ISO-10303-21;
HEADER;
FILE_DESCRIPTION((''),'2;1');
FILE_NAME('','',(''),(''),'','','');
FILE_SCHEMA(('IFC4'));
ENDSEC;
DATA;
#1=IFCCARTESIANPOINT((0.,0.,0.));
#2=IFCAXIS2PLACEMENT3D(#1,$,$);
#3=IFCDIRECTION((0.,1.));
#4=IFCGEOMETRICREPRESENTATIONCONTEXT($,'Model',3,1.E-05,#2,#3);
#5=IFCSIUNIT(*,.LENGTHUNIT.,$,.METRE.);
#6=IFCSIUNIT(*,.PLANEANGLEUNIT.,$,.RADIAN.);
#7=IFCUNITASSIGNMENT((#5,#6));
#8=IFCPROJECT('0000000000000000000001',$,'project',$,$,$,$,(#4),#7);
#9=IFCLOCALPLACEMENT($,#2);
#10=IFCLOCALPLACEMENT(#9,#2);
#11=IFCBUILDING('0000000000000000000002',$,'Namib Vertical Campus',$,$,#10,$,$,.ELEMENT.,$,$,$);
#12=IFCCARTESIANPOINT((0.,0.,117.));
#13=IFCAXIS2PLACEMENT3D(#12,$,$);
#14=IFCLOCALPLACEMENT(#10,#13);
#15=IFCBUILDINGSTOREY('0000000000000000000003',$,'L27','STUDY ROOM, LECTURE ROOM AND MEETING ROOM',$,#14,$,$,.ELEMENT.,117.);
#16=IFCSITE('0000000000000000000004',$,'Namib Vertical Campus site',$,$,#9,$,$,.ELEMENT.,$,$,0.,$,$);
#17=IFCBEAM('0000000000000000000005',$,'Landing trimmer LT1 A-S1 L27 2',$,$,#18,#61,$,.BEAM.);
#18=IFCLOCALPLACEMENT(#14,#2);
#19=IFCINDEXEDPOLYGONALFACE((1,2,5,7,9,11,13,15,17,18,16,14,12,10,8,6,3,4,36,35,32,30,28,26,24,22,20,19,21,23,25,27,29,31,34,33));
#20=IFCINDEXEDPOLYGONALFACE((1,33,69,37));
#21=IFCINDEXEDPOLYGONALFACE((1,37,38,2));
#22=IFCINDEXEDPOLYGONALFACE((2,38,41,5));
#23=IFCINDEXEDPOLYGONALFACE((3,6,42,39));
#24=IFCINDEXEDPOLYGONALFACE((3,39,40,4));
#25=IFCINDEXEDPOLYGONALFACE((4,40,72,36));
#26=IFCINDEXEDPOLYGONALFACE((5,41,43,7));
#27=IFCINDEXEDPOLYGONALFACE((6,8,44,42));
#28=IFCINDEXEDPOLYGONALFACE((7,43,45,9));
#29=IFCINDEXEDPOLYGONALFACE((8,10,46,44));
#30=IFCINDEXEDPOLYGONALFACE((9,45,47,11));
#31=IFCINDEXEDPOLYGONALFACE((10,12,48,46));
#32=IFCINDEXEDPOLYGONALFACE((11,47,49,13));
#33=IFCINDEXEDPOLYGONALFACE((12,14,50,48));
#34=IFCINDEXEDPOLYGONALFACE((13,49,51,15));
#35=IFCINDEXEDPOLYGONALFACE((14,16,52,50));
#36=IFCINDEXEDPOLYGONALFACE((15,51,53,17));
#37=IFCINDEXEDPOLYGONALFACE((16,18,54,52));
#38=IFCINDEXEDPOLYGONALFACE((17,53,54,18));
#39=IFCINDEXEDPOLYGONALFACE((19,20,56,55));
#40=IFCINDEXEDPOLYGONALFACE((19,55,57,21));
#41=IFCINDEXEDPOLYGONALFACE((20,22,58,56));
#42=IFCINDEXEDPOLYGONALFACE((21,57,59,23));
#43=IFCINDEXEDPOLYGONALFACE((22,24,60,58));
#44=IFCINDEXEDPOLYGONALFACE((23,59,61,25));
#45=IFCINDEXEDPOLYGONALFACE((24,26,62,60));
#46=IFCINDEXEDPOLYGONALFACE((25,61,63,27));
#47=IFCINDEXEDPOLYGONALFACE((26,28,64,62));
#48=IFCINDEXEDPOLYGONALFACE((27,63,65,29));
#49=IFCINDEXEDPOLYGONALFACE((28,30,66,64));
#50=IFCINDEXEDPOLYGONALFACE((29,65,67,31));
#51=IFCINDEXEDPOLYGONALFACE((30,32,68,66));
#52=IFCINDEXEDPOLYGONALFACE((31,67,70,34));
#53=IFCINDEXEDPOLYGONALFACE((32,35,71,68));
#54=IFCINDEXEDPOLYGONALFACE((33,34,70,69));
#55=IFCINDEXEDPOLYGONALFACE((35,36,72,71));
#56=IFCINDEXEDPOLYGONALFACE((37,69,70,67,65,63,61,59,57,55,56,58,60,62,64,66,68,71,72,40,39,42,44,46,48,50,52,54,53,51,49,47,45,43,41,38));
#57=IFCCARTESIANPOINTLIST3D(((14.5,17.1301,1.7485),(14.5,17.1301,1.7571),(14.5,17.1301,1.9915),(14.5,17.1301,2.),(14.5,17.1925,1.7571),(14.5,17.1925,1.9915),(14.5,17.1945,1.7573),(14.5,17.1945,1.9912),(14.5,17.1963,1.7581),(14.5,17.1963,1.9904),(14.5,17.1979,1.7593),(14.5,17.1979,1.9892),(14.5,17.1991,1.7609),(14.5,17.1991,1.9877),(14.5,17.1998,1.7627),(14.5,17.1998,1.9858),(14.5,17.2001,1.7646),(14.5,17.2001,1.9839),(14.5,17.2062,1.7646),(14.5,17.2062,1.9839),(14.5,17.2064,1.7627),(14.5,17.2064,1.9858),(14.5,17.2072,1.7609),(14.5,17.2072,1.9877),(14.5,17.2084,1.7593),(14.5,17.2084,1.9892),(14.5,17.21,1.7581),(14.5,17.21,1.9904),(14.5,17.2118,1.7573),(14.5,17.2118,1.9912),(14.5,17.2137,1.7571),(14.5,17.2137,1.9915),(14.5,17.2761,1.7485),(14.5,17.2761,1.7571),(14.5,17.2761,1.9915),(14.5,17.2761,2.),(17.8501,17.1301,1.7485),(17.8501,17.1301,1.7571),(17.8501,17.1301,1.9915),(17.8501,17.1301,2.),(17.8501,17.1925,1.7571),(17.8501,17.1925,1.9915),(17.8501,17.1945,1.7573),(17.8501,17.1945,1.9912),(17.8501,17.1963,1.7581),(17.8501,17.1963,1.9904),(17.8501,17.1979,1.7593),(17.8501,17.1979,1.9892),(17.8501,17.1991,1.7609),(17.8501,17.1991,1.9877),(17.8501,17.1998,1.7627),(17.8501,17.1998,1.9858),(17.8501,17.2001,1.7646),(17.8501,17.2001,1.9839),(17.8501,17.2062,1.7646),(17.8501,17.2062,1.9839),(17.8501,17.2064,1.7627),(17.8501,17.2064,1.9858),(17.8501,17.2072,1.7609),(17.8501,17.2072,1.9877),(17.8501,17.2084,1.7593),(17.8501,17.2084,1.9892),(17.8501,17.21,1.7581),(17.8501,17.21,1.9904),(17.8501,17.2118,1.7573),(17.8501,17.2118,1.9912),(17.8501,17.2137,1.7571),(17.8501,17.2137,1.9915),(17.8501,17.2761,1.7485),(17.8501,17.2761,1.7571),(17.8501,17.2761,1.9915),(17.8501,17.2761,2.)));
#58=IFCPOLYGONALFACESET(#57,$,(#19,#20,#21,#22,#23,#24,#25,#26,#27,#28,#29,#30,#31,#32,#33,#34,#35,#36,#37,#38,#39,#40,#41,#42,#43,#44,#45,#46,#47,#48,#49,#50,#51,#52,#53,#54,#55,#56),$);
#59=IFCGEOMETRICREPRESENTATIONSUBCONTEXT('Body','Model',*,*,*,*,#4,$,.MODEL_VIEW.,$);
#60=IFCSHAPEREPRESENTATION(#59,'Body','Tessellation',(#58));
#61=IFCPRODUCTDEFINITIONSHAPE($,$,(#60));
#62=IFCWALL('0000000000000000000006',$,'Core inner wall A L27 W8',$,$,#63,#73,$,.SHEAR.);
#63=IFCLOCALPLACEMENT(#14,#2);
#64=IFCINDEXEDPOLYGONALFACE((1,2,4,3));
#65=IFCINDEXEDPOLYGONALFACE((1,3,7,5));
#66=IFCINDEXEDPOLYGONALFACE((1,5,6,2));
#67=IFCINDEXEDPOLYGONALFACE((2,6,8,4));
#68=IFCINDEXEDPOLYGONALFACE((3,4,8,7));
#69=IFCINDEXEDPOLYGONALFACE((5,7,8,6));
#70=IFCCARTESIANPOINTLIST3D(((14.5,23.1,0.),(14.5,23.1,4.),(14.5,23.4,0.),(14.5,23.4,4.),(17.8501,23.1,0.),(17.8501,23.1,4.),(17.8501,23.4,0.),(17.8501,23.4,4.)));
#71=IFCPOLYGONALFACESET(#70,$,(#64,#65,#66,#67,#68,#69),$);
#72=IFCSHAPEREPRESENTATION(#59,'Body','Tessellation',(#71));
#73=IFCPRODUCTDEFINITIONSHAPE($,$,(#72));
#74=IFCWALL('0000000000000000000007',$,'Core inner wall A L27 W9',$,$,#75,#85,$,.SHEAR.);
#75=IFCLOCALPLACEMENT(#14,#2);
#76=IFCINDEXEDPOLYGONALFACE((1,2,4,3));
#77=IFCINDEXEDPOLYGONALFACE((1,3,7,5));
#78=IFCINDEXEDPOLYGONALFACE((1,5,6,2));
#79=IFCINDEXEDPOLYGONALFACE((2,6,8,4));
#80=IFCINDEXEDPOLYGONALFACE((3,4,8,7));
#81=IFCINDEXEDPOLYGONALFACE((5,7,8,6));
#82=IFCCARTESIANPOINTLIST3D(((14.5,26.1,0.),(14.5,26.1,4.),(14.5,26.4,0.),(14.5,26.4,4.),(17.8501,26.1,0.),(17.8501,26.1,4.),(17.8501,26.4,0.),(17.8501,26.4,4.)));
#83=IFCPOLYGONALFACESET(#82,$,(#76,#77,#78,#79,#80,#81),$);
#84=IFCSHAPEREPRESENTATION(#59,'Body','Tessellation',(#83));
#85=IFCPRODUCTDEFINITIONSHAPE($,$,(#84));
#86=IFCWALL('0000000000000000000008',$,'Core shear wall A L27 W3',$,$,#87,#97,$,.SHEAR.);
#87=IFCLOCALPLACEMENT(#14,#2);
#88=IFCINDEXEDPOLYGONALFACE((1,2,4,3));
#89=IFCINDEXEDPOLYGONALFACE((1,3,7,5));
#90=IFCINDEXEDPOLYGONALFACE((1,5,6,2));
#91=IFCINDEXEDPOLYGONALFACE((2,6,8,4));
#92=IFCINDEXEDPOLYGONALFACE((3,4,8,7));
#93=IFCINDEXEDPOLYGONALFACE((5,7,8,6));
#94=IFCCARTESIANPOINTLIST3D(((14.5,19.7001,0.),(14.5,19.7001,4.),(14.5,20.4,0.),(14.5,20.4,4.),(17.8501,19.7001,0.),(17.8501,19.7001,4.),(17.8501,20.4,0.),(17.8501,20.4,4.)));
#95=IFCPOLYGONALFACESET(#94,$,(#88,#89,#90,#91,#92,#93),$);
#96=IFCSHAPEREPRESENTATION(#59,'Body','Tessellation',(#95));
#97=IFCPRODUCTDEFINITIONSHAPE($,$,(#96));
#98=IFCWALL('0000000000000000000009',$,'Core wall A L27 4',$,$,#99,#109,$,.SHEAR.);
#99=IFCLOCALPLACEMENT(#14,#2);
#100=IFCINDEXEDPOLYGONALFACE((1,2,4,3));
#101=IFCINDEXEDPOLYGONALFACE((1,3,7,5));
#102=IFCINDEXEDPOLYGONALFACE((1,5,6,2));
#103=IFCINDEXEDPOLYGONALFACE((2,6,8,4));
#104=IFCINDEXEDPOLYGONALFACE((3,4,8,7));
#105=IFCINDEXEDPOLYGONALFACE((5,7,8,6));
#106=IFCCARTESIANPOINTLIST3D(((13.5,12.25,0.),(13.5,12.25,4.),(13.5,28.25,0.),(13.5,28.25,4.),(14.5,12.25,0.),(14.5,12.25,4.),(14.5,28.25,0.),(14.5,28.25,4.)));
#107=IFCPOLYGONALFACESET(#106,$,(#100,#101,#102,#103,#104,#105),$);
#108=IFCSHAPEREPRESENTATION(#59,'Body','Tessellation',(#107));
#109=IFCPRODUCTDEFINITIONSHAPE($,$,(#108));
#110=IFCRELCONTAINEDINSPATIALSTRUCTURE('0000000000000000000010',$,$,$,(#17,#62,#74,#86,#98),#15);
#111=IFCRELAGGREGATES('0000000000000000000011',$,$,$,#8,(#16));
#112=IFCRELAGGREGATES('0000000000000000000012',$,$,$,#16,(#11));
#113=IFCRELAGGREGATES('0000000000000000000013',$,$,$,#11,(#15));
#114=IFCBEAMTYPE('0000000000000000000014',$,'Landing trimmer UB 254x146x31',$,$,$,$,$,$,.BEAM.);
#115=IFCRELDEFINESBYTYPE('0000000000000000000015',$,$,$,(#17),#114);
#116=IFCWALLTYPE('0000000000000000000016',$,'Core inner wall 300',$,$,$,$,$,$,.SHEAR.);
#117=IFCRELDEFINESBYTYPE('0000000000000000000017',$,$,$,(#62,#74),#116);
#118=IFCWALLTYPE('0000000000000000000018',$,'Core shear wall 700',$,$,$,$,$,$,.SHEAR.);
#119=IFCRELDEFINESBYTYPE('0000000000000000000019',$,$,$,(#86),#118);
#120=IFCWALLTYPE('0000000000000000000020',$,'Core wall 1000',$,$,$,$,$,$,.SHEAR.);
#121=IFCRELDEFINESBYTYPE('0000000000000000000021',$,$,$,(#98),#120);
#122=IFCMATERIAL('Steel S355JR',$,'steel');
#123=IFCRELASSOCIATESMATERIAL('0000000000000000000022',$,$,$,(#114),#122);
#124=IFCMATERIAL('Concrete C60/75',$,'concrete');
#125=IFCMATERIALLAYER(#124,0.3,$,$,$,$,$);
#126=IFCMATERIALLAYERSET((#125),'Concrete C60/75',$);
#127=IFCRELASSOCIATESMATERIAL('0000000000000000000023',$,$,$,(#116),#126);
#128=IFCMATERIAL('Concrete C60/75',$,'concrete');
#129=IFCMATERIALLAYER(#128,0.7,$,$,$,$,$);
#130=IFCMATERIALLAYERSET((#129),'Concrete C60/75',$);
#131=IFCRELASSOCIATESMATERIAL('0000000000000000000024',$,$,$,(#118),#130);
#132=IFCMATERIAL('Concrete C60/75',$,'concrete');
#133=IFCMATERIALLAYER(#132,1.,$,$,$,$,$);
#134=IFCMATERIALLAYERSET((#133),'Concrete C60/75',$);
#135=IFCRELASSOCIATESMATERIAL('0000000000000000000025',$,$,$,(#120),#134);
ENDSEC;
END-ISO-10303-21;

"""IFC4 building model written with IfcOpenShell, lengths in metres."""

from ifc_helpers import new_model, si_unit, direction, frame, frame_2d, origin, origin_2d, place, context, subcontext, project, spatial, rectangle, i_section, extrude, material, layer, layer_set, material_profile, profile_set, type_object, element, save


model = new_model("IFC4")

# Units and contexts
model_context = context("Model", 3, precision=1e-05, world=origin(), true_north=direction((0.0, 1.0)))
body_context = subcontext(model_context, "Body", "Model", "MODEL_VIEW")
ifc_project = project(units=[si_unit("LENGTHUNIT", "METRE"), si_unit("PLANEANGLEUNIT", "RADIAN")], contexts=[model_context])

# Site, building, storey
site_placement = place(None, origin())
site = spatial("IfcSite", under=ifc_project, at=site_placement, Name="Namib Vertical Campus site", CompositionType="ELEMENT", RefElevation=0.0)
building_placement = place(site_placement, origin())
building = spatial("IfcBuilding", under=site, at=building_placement, Name="Namib Vertical Campus", CompositionType="ELEMENT")
storey_placement = place(building_placement, frame((0.0, 0.0, 117.0)))
storey = spatial("IfcBuildingStorey", under=building, at=storey_placement, Name="L27", Description="STUDY ROOM, LECTURE ROOM AND MEETING ROOM", CompositionType="ELEMENT", Elevation=117.0)

# Beam
ifc_material_1 = material(Name="Steel S355JR", Category="steel")
ifc_material_profile = material_profile(ifc_material_1, i_section(OverallWidth=0.146, OverallDepth=0.2515, WebThickness=0.0061, FlangeThickness=0.0085, FilletRadius=0.0076, at=origin_2d()))
ifc_profile_set = profile_set([ifc_material_profile], Name="Steel S355JR")
beam_type = type_object("IfcBeamType", Name="Landing trimmer UB 254x146x31", PredefinedType="BEAM", material=ifc_profile_set)
beam_placement = place(storey_placement, frame((14.5, 17.2031, 1.8743), z_axis=(1.0, 0.0, 0.0), x_axis=(0.0, 1.0, 0.0)))
element("IfcBeam", 1, at=beam_placement, inside=storey, type_object=beam_type, Name="Landing trimmer LT1 A-S1 L27 2", PredefinedType="BEAM", context=body_context, shape_type="SweptSolid", body=[
    extrude(i_section(OverallWidth=0.146, OverallDepth=0.2515, WebThickness=0.0061, FlangeThickness=0.0085, FilletRadius=0.0076, at=origin_2d()), origin(), (0.0, 0.0, 1.0), 3.3501),
])

# Walls
ifc_material_2 = material(Name="Concrete C60/75", Category="concrete")
ifc_layer_1 = layer(ifc_material_2, 0.3)
ifc_layer_set_1 = layer_set([ifc_layer_1], Name="Concrete C60/75")
wall_type_1 = type_object("IfcWallType", Name="Core inner wall 300", PredefinedType="SHEAR", material=ifc_layer_set_1)
for number, where, z_axis, x_axis, name in (
    (2, (14.5, 23.25, 0.0), (0.0, 0.0, 1.0), (1.0, 0.0, 0.0), "Core inner wall A L27 W8"),
    (3, (14.5, 26.25, 0.0), (0.0, 0.0, 1.0), (1.0, 0.0, 0.0), "Core inner wall A L27 W9"),
):
    element("IfcWall", number, at=place(storey_placement, frame(where, z_axis=z_axis, x_axis=x_axis)), inside=storey, type_object=wall_type_1, Name=name, PredefinedType="SHEAR", context=body_context, shape_type="SweptSolid", body=[
        extrude(rectangle(XDim=3.3501, YDim=0.3, at=frame_2d((1.675, 0.0))), origin(), (0.0, 0.0, 1.0), 4.0),
    ])
ifc_material_3 = material(Name="Concrete C60/75", Category="concrete")
ifc_layer_2 = layer(ifc_material_3, 0.7)
ifc_layer_set_2 = layer_set([ifc_layer_2], Name="Concrete C60/75")
wall_type_2 = type_object("IfcWallType", Name="Core shear wall 700", PredefinedType="SHEAR", material=ifc_layer_set_2)
wall_1_placement = place(storey_placement, frame((14.5, 20.05, 0.0), z_axis=(0.0, 0.0, 1.0), x_axis=(1.0, 0.0, 0.0)))
element("IfcWall", 4, at=wall_1_placement, inside=storey, type_object=wall_type_2, Name="Core shear wall A L27 W3", PredefinedType="SHEAR", context=body_context, shape_type="SweptSolid", body=[
    extrude(rectangle(XDim=3.3501, YDim=0.7, at=frame_2d((1.675, 0.0))), origin(), (0.0, 0.0, 1.0), 4.0),
])
ifc_material_4 = material(Name="Concrete C60/75", Category="concrete")
ifc_layer_3 = layer(ifc_material_4, 1.0)
ifc_layer_set_3 = layer_set([ifc_layer_3], Name="Concrete C60/75")
wall_type_3 = type_object("IfcWallType", Name="Core wall 1000", PredefinedType="SHEAR", material=ifc_layer_set_3)
wall_2_placement = place(storey_placement, frame((14.0, 28.25, 0.0), z_axis=(0.0, 0.0, 1.0), x_axis=(0.0, -1.0, 0.0)))
element("IfcWall", 5, at=wall_2_placement, inside=storey, type_object=wall_type_3, Name="Core wall A L27 4", PredefinedType="SHEAR", context=body_context, shape_type="SweptSolid", body=[
    extrude(rectangle(XDim=16.0, YDim=1.0, at=frame_2d((8.0, 0.0))), origin(), (0.0, 0.0, 1.0), 4.0),
])

save(model, "model.ifc")
